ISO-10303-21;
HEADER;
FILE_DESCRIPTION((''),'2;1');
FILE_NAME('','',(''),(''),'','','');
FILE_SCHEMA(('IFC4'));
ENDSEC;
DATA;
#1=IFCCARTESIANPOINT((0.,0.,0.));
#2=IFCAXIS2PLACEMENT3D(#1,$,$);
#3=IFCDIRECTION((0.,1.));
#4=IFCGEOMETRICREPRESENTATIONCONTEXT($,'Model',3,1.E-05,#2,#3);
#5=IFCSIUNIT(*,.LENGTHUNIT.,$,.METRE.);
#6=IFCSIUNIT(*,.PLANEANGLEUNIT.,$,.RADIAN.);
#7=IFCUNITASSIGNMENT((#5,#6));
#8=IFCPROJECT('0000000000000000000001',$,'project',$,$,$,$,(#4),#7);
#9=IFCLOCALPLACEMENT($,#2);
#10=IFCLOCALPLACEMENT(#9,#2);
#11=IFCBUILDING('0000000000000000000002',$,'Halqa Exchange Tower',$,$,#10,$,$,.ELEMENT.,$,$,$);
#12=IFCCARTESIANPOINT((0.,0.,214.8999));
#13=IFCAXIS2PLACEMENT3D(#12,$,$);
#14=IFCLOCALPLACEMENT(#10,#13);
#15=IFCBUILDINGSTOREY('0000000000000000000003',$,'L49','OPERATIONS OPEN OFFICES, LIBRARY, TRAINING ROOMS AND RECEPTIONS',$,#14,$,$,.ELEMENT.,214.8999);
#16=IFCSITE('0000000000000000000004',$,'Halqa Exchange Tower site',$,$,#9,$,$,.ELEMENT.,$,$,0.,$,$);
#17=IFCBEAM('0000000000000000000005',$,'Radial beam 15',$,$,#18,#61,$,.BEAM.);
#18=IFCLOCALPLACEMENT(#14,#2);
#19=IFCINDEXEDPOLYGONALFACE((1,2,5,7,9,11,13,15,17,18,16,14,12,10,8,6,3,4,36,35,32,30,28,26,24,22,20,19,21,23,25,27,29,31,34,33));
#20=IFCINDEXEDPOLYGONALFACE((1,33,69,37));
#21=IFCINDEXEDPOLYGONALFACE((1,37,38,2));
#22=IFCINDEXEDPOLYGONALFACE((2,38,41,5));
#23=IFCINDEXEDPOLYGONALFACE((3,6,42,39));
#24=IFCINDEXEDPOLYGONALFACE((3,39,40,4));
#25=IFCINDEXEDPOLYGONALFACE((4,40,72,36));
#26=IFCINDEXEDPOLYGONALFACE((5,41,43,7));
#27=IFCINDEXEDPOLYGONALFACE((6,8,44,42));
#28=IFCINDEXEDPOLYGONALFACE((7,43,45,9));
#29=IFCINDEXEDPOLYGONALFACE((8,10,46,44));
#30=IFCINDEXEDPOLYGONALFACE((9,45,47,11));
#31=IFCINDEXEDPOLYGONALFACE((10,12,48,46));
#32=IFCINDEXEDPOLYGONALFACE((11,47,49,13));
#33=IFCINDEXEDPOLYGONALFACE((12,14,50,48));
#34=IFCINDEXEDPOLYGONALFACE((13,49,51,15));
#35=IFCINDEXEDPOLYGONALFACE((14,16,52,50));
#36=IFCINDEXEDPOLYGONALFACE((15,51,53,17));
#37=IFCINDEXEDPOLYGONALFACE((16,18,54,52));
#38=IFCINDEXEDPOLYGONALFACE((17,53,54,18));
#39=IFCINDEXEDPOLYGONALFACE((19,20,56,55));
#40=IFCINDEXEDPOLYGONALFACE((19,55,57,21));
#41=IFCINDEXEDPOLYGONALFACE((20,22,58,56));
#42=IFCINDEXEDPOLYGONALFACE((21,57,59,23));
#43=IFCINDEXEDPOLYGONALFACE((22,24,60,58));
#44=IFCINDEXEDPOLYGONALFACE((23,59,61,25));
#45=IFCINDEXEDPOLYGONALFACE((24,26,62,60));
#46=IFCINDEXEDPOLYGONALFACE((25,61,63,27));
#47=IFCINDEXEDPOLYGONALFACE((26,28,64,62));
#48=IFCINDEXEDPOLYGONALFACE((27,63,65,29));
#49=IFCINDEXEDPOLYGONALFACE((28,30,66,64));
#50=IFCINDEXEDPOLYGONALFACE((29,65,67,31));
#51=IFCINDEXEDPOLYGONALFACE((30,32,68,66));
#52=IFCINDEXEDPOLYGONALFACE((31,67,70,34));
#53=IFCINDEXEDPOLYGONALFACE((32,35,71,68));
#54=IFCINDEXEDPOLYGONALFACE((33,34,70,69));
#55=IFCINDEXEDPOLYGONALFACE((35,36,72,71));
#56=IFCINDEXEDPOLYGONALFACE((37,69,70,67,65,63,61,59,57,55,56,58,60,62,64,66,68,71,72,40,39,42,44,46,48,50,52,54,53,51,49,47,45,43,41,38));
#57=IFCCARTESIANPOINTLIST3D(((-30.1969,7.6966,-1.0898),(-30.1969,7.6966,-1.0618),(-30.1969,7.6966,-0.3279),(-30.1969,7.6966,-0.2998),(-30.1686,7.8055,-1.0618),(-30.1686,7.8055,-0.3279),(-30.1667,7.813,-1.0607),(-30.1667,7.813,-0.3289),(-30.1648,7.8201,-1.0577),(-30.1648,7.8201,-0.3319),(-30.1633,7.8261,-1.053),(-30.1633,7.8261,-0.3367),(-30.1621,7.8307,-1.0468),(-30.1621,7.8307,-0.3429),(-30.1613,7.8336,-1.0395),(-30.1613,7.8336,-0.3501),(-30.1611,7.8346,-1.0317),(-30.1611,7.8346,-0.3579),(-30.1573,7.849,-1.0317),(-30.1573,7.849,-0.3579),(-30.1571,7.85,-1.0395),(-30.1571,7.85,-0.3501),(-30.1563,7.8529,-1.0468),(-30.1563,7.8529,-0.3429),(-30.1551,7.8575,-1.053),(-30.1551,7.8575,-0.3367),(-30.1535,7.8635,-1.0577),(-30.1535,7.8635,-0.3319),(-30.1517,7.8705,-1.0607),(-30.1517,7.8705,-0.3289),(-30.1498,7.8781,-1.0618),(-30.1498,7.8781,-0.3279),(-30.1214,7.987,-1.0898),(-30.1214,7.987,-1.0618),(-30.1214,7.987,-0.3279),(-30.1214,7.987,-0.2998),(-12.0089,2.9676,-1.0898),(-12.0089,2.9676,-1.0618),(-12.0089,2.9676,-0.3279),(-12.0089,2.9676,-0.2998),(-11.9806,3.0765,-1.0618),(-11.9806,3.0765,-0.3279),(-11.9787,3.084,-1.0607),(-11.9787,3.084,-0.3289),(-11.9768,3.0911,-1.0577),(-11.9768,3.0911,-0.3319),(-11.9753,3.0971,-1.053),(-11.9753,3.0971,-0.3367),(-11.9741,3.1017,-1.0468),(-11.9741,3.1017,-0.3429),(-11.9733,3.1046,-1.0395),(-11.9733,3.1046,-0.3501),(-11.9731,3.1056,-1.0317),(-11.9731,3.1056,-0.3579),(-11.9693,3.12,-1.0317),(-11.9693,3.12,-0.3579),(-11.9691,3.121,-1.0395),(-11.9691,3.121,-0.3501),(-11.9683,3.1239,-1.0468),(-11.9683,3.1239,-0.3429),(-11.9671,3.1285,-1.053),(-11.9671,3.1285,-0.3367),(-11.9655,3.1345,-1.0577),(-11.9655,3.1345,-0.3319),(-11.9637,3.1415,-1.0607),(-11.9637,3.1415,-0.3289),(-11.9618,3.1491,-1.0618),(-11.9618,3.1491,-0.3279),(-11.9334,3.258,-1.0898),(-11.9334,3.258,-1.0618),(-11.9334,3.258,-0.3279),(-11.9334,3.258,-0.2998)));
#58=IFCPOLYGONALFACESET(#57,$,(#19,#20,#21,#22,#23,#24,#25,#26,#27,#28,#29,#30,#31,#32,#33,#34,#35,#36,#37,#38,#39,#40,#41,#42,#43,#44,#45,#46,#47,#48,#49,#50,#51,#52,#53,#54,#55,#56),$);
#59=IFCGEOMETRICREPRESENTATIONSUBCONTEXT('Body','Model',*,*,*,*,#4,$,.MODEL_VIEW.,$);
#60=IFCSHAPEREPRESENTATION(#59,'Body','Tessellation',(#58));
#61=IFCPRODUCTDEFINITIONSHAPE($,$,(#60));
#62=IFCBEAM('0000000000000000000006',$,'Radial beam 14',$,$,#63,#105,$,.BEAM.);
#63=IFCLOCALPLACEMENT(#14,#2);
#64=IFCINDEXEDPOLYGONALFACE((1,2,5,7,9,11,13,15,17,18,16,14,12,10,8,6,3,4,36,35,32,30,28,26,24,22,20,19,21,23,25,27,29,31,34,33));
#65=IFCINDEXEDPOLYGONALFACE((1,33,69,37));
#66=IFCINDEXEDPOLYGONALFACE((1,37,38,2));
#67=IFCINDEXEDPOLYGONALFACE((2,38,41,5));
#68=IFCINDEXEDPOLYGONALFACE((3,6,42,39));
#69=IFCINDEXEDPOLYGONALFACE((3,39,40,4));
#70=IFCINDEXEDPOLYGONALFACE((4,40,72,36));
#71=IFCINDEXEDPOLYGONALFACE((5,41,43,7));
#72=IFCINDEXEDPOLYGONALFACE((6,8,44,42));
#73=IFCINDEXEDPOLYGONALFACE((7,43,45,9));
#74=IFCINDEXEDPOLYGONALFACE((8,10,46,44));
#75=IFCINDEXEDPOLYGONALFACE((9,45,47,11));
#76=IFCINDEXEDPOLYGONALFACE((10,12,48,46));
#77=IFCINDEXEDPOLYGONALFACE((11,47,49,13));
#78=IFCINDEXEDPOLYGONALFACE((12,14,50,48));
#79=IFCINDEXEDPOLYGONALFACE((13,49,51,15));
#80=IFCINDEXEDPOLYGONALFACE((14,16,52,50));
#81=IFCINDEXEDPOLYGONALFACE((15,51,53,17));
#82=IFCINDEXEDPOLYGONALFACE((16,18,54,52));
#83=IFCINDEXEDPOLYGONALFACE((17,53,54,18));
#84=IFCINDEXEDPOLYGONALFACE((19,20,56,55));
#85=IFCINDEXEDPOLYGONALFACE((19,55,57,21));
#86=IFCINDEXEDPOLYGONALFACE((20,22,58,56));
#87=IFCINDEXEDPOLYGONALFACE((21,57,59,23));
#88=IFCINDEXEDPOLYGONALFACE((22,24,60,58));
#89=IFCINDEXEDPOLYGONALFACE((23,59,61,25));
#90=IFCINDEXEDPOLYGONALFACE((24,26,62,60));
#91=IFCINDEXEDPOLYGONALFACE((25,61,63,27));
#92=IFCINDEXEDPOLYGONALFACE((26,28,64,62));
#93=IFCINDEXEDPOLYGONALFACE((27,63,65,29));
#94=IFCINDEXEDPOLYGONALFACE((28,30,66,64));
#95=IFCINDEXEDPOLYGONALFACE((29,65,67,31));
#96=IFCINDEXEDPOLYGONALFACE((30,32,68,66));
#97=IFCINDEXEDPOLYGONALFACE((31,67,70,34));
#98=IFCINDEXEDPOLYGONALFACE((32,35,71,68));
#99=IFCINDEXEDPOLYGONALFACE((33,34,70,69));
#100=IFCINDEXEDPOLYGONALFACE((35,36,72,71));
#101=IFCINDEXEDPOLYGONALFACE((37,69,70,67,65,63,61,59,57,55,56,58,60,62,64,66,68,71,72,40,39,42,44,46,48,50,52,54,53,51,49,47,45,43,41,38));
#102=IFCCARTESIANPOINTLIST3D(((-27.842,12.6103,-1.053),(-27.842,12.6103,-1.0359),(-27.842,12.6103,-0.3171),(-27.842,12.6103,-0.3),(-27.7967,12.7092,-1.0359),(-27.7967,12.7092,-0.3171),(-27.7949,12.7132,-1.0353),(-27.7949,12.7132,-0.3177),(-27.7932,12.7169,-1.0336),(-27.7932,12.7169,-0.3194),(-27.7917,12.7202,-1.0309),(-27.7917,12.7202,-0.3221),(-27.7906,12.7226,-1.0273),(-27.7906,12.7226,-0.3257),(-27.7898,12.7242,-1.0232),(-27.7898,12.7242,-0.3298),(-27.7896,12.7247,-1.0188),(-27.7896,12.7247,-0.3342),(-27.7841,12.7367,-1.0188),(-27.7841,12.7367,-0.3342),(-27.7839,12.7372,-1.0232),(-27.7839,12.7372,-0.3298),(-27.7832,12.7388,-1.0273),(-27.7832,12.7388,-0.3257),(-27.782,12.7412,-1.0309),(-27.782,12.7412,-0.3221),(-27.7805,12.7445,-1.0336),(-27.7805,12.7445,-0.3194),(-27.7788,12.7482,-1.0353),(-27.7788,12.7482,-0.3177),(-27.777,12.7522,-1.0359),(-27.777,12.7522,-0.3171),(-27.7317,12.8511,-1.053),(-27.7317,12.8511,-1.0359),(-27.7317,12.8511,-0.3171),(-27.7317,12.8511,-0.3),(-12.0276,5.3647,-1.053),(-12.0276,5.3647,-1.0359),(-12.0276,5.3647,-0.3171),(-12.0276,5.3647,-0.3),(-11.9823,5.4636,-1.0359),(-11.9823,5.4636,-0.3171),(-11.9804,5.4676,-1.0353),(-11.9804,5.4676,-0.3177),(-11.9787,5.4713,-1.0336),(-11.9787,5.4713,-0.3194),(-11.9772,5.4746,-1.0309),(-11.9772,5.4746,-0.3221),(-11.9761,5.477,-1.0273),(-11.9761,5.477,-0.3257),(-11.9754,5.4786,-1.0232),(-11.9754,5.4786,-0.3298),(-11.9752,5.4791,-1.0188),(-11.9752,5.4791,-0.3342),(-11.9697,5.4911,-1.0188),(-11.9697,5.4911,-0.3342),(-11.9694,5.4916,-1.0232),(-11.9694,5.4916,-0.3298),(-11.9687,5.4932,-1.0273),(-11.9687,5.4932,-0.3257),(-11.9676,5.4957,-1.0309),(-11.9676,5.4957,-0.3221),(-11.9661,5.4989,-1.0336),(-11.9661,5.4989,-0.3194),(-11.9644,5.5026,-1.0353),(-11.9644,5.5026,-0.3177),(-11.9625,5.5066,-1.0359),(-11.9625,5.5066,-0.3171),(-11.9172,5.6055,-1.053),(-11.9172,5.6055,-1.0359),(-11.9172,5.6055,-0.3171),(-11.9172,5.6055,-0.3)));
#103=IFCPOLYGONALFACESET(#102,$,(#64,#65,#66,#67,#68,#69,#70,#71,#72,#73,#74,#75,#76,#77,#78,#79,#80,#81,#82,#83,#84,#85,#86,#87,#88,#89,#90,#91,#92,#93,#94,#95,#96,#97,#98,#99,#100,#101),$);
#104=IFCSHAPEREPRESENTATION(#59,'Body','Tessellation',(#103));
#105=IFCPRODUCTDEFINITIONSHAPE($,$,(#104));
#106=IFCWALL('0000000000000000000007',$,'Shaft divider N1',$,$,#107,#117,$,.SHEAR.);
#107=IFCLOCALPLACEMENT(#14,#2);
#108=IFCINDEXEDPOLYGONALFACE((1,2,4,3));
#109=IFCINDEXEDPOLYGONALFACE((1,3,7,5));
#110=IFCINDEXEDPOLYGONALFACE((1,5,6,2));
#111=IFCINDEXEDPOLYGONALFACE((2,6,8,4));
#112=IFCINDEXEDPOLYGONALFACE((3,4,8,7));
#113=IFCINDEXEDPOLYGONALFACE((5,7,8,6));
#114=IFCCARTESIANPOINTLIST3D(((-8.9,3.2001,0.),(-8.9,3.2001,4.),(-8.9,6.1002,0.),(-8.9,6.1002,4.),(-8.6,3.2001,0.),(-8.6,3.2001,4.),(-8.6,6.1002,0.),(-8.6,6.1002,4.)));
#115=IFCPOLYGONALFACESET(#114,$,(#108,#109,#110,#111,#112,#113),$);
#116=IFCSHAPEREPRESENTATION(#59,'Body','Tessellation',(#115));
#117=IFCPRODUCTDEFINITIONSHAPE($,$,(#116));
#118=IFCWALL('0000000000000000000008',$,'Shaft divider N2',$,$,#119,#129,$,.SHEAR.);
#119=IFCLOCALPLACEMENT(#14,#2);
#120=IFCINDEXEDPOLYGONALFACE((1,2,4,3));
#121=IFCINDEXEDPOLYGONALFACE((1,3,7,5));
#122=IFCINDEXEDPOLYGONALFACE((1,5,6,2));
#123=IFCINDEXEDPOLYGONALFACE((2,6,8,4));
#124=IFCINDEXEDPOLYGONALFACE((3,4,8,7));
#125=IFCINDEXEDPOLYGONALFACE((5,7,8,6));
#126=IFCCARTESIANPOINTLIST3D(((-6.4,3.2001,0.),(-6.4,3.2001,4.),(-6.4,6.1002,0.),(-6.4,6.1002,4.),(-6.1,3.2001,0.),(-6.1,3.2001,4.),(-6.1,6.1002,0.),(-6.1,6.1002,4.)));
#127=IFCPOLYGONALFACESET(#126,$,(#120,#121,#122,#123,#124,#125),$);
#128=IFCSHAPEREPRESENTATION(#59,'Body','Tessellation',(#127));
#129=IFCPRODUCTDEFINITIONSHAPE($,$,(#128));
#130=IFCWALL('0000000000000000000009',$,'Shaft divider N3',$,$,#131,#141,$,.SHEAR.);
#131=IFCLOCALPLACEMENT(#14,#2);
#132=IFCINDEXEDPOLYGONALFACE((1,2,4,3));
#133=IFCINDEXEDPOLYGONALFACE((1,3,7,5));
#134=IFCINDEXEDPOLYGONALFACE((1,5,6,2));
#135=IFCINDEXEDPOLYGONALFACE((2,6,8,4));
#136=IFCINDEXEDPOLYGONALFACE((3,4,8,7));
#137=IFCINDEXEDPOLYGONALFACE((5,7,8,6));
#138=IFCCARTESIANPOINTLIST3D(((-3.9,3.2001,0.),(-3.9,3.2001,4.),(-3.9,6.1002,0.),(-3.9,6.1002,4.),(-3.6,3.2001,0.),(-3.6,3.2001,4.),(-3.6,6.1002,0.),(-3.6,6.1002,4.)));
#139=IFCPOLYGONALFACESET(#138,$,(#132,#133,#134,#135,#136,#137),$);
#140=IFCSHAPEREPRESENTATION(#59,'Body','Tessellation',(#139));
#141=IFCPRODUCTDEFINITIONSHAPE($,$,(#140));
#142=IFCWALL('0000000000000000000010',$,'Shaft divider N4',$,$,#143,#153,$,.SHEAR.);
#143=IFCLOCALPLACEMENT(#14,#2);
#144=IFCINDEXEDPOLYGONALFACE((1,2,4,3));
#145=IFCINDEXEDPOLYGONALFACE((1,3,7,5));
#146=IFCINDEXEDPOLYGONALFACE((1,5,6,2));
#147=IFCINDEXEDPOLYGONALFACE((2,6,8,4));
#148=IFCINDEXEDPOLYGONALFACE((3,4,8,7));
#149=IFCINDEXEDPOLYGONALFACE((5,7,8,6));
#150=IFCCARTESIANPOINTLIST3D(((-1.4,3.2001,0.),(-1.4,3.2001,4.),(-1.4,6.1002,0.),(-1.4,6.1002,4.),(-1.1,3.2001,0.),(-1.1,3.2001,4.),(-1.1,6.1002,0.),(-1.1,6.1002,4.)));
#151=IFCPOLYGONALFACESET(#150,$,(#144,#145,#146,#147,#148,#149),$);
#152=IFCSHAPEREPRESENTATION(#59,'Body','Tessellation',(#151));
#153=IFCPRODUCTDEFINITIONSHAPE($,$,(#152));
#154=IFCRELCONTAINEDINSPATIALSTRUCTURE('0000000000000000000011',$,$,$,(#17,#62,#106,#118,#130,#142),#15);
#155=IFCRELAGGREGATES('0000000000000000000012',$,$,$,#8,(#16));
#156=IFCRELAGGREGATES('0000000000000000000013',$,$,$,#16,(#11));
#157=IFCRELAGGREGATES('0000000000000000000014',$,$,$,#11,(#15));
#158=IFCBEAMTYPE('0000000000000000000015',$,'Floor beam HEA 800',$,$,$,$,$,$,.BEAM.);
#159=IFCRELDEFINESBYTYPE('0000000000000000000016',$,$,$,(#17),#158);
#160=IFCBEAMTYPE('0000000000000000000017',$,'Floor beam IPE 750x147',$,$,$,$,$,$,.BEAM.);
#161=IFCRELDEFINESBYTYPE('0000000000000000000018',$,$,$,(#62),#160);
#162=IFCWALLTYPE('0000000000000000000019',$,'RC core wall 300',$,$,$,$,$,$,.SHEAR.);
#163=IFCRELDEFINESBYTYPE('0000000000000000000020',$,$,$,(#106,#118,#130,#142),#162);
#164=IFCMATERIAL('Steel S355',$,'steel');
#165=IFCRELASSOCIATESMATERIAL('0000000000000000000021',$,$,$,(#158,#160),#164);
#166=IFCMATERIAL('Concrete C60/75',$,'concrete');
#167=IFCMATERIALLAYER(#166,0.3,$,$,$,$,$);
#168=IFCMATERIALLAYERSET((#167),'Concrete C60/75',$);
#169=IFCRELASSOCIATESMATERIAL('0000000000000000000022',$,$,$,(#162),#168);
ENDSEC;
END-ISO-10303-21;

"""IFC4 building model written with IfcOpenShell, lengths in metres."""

from ifc_helpers import new_model, si_unit, direction, frame, frame_2d, origin, origin_2d, place, context, subcontext, project, spatial, rectangle, i_section, extrude, material, layer, layer_set, material_profile, profile_set, type_object, element, save


model = new_model("IFC4")

# Units and contexts
model_context = context("Model", 3, precision=1e-05, world=origin(), true_north=direction((0.0, 1.0)))
body_context = subcontext(model_context, "Body", "Model", "MODEL_VIEW")
ifc_project = project(units=[si_unit("LENGTHUNIT", "METRE"), si_unit("PLANEANGLEUNIT", "RADIAN")], contexts=[model_context])

# Site, building, storey
site_placement = place(None, origin())
site = spatial("IfcSite", under=ifc_project, at=site_placement, Name="Halqa Exchange Tower site", CompositionType="ELEMENT", RefElevation=0.0)
building_placement = place(site_placement, origin())
building = spatial("IfcBuilding", under=site, at=building_placement, Name="Halqa Exchange Tower", CompositionType="ELEMENT")
storey_placement = place(building_placement, frame((0.0, 0.0, 214.8999)))
storey = spatial("IfcBuildingStorey", under=building, at=storey_placement, Name="L49", Description="OPERATIONS OPEN OFFICES, LIBRARY, TRAINING ROOMS AND RECEPTIONS", CompositionType="ELEMENT", Elevation=214.8999)

# Beams
ifc_material_1 = material(Name="Steel S355", Category="steel")
ifc_material_profile_1 = material_profile(ifc_material_1, i_section(OverallWidth=0.3, OverallDepth=0.79, WebThickness=0.0149, FlangeThickness=0.0281, FilletRadius=0.03, at=origin_2d()), Name="HEA 800")
ifc_profile_set_1 = profile_set([ifc_material_profile_1], Name="Steel S355")
beam_type_1 = type_object("IfcBeamType", Name="Floor beam HEA 800", PredefinedType="BEAM", material=ifc_profile_set_1)
beam_1_placement = place(storey_placement, frame((-11.9712, 3.1128, -0.6948), z_axis=(-0.967821, 0.25164, 0.0), x_axis=(-0.25164, -0.967821, 0.0)))
element("IfcBeam", 1, at=beam_1_placement, inside=storey, type_object=beam_type_1, Name="Radial beam 15", PredefinedType="BEAM", context=body_context, shape_type="SweptSolid", body=[
    extrude(i_section(OverallWidth=0.3, OverallDepth=0.79, WebThickness=0.0149, FlangeThickness=0.0281, FilletRadius=0.03, at=origin_2d()), origin(), (0.0, 0.0, 1.0), 18.7927),
])
ifc_material_profile_2 = material_profile(ifc_material_1, i_section(OverallWidth=0.2649, OverallDepth=0.7529, WebThickness=0.0132, FlangeThickness=0.0171, FilletRadius=0.0171, at=origin_2d()), Name="IPE 750x147")
ifc_profile_set_2 = profile_set([ifc_material_profile_2], Name="Steel S355")
beam_type_2 = type_object("IfcBeamType", Name="Floor beam IPE 750x147", PredefinedType="BEAM", material=ifc_profile_set_2)
beam_2_placement = place(storey_placement, frame((-11.9724, 5.4851, -0.6765), z_axis=(-0.909123, 0.416527, 0.0), x_axis=(-0.416527, -0.909123, 0.0)))
element("IfcBeam", 2, at=beam_2_placement, inside=storey, type_object=beam_type_2, Name="Radial beam 14", PredefinedType="BEAM", context=body_context, shape_type="SweptSolid", body=[
    extrude(i_section(OverallWidth=0.2649, OverallDepth=0.7529, WebThickness=0.0132, FlangeThickness=0.0171, FilletRadius=0.0171, at=origin_2d()), origin(), (0.0, 0.0, 1.0), 17.3953),
])

# Walls
ifc_material_2 = material(Name="Concrete C60/75", Category="concrete")
ifc_layer_1 = layer(ifc_material_2, 0.3)
ifc_layer_set_1 = layer_set([ifc_layer_1], Name="Concrete C60/75")
wall_type_1 = type_object("IfcWallType", Name="RC core wall 300", PredefinedType="SHEAR", material=ifc_layer_set_1)
for number, where, z_axis, x_axis, name in (
    (3, (-8.75, 3.2, 0.0), (0.0, 0.0, 1.0), (0.0, 1.0, 0.0), "Shaft divider N1"),
    (4, (-6.25, 3.2, 0.0), (0.0, 0.0, 1.0), (0.0, 1.0, 0.0), "Shaft divider N2"),
    (5, (-3.75, 3.2, 0.0), (0.0, 0.0, 1.0), (0.0, 1.0, 0.0), "Shaft divider N3"),
    (6, (-1.25, 3.2, 0.0), (0.0, 0.0, 1.0), (0.0, 1.0, 0.0), "Shaft divider N4"),
):
    element("IfcWall", number, at=place(storey_placement, frame(where, z_axis=z_axis, x_axis=x_axis)), inside=storey, type_object=wall_type_1, Name=name, PredefinedType="SHEAR", context=body_context, shape_type="SweptSolid", body=[
        extrude(rectangle(XDim=2.9001, YDim=0.3, at=frame_2d((1.4502, 0.0))), origin(), (0.0, 0.0, 1.0), 4.0),
    ])

save(model, "model.ifc")
